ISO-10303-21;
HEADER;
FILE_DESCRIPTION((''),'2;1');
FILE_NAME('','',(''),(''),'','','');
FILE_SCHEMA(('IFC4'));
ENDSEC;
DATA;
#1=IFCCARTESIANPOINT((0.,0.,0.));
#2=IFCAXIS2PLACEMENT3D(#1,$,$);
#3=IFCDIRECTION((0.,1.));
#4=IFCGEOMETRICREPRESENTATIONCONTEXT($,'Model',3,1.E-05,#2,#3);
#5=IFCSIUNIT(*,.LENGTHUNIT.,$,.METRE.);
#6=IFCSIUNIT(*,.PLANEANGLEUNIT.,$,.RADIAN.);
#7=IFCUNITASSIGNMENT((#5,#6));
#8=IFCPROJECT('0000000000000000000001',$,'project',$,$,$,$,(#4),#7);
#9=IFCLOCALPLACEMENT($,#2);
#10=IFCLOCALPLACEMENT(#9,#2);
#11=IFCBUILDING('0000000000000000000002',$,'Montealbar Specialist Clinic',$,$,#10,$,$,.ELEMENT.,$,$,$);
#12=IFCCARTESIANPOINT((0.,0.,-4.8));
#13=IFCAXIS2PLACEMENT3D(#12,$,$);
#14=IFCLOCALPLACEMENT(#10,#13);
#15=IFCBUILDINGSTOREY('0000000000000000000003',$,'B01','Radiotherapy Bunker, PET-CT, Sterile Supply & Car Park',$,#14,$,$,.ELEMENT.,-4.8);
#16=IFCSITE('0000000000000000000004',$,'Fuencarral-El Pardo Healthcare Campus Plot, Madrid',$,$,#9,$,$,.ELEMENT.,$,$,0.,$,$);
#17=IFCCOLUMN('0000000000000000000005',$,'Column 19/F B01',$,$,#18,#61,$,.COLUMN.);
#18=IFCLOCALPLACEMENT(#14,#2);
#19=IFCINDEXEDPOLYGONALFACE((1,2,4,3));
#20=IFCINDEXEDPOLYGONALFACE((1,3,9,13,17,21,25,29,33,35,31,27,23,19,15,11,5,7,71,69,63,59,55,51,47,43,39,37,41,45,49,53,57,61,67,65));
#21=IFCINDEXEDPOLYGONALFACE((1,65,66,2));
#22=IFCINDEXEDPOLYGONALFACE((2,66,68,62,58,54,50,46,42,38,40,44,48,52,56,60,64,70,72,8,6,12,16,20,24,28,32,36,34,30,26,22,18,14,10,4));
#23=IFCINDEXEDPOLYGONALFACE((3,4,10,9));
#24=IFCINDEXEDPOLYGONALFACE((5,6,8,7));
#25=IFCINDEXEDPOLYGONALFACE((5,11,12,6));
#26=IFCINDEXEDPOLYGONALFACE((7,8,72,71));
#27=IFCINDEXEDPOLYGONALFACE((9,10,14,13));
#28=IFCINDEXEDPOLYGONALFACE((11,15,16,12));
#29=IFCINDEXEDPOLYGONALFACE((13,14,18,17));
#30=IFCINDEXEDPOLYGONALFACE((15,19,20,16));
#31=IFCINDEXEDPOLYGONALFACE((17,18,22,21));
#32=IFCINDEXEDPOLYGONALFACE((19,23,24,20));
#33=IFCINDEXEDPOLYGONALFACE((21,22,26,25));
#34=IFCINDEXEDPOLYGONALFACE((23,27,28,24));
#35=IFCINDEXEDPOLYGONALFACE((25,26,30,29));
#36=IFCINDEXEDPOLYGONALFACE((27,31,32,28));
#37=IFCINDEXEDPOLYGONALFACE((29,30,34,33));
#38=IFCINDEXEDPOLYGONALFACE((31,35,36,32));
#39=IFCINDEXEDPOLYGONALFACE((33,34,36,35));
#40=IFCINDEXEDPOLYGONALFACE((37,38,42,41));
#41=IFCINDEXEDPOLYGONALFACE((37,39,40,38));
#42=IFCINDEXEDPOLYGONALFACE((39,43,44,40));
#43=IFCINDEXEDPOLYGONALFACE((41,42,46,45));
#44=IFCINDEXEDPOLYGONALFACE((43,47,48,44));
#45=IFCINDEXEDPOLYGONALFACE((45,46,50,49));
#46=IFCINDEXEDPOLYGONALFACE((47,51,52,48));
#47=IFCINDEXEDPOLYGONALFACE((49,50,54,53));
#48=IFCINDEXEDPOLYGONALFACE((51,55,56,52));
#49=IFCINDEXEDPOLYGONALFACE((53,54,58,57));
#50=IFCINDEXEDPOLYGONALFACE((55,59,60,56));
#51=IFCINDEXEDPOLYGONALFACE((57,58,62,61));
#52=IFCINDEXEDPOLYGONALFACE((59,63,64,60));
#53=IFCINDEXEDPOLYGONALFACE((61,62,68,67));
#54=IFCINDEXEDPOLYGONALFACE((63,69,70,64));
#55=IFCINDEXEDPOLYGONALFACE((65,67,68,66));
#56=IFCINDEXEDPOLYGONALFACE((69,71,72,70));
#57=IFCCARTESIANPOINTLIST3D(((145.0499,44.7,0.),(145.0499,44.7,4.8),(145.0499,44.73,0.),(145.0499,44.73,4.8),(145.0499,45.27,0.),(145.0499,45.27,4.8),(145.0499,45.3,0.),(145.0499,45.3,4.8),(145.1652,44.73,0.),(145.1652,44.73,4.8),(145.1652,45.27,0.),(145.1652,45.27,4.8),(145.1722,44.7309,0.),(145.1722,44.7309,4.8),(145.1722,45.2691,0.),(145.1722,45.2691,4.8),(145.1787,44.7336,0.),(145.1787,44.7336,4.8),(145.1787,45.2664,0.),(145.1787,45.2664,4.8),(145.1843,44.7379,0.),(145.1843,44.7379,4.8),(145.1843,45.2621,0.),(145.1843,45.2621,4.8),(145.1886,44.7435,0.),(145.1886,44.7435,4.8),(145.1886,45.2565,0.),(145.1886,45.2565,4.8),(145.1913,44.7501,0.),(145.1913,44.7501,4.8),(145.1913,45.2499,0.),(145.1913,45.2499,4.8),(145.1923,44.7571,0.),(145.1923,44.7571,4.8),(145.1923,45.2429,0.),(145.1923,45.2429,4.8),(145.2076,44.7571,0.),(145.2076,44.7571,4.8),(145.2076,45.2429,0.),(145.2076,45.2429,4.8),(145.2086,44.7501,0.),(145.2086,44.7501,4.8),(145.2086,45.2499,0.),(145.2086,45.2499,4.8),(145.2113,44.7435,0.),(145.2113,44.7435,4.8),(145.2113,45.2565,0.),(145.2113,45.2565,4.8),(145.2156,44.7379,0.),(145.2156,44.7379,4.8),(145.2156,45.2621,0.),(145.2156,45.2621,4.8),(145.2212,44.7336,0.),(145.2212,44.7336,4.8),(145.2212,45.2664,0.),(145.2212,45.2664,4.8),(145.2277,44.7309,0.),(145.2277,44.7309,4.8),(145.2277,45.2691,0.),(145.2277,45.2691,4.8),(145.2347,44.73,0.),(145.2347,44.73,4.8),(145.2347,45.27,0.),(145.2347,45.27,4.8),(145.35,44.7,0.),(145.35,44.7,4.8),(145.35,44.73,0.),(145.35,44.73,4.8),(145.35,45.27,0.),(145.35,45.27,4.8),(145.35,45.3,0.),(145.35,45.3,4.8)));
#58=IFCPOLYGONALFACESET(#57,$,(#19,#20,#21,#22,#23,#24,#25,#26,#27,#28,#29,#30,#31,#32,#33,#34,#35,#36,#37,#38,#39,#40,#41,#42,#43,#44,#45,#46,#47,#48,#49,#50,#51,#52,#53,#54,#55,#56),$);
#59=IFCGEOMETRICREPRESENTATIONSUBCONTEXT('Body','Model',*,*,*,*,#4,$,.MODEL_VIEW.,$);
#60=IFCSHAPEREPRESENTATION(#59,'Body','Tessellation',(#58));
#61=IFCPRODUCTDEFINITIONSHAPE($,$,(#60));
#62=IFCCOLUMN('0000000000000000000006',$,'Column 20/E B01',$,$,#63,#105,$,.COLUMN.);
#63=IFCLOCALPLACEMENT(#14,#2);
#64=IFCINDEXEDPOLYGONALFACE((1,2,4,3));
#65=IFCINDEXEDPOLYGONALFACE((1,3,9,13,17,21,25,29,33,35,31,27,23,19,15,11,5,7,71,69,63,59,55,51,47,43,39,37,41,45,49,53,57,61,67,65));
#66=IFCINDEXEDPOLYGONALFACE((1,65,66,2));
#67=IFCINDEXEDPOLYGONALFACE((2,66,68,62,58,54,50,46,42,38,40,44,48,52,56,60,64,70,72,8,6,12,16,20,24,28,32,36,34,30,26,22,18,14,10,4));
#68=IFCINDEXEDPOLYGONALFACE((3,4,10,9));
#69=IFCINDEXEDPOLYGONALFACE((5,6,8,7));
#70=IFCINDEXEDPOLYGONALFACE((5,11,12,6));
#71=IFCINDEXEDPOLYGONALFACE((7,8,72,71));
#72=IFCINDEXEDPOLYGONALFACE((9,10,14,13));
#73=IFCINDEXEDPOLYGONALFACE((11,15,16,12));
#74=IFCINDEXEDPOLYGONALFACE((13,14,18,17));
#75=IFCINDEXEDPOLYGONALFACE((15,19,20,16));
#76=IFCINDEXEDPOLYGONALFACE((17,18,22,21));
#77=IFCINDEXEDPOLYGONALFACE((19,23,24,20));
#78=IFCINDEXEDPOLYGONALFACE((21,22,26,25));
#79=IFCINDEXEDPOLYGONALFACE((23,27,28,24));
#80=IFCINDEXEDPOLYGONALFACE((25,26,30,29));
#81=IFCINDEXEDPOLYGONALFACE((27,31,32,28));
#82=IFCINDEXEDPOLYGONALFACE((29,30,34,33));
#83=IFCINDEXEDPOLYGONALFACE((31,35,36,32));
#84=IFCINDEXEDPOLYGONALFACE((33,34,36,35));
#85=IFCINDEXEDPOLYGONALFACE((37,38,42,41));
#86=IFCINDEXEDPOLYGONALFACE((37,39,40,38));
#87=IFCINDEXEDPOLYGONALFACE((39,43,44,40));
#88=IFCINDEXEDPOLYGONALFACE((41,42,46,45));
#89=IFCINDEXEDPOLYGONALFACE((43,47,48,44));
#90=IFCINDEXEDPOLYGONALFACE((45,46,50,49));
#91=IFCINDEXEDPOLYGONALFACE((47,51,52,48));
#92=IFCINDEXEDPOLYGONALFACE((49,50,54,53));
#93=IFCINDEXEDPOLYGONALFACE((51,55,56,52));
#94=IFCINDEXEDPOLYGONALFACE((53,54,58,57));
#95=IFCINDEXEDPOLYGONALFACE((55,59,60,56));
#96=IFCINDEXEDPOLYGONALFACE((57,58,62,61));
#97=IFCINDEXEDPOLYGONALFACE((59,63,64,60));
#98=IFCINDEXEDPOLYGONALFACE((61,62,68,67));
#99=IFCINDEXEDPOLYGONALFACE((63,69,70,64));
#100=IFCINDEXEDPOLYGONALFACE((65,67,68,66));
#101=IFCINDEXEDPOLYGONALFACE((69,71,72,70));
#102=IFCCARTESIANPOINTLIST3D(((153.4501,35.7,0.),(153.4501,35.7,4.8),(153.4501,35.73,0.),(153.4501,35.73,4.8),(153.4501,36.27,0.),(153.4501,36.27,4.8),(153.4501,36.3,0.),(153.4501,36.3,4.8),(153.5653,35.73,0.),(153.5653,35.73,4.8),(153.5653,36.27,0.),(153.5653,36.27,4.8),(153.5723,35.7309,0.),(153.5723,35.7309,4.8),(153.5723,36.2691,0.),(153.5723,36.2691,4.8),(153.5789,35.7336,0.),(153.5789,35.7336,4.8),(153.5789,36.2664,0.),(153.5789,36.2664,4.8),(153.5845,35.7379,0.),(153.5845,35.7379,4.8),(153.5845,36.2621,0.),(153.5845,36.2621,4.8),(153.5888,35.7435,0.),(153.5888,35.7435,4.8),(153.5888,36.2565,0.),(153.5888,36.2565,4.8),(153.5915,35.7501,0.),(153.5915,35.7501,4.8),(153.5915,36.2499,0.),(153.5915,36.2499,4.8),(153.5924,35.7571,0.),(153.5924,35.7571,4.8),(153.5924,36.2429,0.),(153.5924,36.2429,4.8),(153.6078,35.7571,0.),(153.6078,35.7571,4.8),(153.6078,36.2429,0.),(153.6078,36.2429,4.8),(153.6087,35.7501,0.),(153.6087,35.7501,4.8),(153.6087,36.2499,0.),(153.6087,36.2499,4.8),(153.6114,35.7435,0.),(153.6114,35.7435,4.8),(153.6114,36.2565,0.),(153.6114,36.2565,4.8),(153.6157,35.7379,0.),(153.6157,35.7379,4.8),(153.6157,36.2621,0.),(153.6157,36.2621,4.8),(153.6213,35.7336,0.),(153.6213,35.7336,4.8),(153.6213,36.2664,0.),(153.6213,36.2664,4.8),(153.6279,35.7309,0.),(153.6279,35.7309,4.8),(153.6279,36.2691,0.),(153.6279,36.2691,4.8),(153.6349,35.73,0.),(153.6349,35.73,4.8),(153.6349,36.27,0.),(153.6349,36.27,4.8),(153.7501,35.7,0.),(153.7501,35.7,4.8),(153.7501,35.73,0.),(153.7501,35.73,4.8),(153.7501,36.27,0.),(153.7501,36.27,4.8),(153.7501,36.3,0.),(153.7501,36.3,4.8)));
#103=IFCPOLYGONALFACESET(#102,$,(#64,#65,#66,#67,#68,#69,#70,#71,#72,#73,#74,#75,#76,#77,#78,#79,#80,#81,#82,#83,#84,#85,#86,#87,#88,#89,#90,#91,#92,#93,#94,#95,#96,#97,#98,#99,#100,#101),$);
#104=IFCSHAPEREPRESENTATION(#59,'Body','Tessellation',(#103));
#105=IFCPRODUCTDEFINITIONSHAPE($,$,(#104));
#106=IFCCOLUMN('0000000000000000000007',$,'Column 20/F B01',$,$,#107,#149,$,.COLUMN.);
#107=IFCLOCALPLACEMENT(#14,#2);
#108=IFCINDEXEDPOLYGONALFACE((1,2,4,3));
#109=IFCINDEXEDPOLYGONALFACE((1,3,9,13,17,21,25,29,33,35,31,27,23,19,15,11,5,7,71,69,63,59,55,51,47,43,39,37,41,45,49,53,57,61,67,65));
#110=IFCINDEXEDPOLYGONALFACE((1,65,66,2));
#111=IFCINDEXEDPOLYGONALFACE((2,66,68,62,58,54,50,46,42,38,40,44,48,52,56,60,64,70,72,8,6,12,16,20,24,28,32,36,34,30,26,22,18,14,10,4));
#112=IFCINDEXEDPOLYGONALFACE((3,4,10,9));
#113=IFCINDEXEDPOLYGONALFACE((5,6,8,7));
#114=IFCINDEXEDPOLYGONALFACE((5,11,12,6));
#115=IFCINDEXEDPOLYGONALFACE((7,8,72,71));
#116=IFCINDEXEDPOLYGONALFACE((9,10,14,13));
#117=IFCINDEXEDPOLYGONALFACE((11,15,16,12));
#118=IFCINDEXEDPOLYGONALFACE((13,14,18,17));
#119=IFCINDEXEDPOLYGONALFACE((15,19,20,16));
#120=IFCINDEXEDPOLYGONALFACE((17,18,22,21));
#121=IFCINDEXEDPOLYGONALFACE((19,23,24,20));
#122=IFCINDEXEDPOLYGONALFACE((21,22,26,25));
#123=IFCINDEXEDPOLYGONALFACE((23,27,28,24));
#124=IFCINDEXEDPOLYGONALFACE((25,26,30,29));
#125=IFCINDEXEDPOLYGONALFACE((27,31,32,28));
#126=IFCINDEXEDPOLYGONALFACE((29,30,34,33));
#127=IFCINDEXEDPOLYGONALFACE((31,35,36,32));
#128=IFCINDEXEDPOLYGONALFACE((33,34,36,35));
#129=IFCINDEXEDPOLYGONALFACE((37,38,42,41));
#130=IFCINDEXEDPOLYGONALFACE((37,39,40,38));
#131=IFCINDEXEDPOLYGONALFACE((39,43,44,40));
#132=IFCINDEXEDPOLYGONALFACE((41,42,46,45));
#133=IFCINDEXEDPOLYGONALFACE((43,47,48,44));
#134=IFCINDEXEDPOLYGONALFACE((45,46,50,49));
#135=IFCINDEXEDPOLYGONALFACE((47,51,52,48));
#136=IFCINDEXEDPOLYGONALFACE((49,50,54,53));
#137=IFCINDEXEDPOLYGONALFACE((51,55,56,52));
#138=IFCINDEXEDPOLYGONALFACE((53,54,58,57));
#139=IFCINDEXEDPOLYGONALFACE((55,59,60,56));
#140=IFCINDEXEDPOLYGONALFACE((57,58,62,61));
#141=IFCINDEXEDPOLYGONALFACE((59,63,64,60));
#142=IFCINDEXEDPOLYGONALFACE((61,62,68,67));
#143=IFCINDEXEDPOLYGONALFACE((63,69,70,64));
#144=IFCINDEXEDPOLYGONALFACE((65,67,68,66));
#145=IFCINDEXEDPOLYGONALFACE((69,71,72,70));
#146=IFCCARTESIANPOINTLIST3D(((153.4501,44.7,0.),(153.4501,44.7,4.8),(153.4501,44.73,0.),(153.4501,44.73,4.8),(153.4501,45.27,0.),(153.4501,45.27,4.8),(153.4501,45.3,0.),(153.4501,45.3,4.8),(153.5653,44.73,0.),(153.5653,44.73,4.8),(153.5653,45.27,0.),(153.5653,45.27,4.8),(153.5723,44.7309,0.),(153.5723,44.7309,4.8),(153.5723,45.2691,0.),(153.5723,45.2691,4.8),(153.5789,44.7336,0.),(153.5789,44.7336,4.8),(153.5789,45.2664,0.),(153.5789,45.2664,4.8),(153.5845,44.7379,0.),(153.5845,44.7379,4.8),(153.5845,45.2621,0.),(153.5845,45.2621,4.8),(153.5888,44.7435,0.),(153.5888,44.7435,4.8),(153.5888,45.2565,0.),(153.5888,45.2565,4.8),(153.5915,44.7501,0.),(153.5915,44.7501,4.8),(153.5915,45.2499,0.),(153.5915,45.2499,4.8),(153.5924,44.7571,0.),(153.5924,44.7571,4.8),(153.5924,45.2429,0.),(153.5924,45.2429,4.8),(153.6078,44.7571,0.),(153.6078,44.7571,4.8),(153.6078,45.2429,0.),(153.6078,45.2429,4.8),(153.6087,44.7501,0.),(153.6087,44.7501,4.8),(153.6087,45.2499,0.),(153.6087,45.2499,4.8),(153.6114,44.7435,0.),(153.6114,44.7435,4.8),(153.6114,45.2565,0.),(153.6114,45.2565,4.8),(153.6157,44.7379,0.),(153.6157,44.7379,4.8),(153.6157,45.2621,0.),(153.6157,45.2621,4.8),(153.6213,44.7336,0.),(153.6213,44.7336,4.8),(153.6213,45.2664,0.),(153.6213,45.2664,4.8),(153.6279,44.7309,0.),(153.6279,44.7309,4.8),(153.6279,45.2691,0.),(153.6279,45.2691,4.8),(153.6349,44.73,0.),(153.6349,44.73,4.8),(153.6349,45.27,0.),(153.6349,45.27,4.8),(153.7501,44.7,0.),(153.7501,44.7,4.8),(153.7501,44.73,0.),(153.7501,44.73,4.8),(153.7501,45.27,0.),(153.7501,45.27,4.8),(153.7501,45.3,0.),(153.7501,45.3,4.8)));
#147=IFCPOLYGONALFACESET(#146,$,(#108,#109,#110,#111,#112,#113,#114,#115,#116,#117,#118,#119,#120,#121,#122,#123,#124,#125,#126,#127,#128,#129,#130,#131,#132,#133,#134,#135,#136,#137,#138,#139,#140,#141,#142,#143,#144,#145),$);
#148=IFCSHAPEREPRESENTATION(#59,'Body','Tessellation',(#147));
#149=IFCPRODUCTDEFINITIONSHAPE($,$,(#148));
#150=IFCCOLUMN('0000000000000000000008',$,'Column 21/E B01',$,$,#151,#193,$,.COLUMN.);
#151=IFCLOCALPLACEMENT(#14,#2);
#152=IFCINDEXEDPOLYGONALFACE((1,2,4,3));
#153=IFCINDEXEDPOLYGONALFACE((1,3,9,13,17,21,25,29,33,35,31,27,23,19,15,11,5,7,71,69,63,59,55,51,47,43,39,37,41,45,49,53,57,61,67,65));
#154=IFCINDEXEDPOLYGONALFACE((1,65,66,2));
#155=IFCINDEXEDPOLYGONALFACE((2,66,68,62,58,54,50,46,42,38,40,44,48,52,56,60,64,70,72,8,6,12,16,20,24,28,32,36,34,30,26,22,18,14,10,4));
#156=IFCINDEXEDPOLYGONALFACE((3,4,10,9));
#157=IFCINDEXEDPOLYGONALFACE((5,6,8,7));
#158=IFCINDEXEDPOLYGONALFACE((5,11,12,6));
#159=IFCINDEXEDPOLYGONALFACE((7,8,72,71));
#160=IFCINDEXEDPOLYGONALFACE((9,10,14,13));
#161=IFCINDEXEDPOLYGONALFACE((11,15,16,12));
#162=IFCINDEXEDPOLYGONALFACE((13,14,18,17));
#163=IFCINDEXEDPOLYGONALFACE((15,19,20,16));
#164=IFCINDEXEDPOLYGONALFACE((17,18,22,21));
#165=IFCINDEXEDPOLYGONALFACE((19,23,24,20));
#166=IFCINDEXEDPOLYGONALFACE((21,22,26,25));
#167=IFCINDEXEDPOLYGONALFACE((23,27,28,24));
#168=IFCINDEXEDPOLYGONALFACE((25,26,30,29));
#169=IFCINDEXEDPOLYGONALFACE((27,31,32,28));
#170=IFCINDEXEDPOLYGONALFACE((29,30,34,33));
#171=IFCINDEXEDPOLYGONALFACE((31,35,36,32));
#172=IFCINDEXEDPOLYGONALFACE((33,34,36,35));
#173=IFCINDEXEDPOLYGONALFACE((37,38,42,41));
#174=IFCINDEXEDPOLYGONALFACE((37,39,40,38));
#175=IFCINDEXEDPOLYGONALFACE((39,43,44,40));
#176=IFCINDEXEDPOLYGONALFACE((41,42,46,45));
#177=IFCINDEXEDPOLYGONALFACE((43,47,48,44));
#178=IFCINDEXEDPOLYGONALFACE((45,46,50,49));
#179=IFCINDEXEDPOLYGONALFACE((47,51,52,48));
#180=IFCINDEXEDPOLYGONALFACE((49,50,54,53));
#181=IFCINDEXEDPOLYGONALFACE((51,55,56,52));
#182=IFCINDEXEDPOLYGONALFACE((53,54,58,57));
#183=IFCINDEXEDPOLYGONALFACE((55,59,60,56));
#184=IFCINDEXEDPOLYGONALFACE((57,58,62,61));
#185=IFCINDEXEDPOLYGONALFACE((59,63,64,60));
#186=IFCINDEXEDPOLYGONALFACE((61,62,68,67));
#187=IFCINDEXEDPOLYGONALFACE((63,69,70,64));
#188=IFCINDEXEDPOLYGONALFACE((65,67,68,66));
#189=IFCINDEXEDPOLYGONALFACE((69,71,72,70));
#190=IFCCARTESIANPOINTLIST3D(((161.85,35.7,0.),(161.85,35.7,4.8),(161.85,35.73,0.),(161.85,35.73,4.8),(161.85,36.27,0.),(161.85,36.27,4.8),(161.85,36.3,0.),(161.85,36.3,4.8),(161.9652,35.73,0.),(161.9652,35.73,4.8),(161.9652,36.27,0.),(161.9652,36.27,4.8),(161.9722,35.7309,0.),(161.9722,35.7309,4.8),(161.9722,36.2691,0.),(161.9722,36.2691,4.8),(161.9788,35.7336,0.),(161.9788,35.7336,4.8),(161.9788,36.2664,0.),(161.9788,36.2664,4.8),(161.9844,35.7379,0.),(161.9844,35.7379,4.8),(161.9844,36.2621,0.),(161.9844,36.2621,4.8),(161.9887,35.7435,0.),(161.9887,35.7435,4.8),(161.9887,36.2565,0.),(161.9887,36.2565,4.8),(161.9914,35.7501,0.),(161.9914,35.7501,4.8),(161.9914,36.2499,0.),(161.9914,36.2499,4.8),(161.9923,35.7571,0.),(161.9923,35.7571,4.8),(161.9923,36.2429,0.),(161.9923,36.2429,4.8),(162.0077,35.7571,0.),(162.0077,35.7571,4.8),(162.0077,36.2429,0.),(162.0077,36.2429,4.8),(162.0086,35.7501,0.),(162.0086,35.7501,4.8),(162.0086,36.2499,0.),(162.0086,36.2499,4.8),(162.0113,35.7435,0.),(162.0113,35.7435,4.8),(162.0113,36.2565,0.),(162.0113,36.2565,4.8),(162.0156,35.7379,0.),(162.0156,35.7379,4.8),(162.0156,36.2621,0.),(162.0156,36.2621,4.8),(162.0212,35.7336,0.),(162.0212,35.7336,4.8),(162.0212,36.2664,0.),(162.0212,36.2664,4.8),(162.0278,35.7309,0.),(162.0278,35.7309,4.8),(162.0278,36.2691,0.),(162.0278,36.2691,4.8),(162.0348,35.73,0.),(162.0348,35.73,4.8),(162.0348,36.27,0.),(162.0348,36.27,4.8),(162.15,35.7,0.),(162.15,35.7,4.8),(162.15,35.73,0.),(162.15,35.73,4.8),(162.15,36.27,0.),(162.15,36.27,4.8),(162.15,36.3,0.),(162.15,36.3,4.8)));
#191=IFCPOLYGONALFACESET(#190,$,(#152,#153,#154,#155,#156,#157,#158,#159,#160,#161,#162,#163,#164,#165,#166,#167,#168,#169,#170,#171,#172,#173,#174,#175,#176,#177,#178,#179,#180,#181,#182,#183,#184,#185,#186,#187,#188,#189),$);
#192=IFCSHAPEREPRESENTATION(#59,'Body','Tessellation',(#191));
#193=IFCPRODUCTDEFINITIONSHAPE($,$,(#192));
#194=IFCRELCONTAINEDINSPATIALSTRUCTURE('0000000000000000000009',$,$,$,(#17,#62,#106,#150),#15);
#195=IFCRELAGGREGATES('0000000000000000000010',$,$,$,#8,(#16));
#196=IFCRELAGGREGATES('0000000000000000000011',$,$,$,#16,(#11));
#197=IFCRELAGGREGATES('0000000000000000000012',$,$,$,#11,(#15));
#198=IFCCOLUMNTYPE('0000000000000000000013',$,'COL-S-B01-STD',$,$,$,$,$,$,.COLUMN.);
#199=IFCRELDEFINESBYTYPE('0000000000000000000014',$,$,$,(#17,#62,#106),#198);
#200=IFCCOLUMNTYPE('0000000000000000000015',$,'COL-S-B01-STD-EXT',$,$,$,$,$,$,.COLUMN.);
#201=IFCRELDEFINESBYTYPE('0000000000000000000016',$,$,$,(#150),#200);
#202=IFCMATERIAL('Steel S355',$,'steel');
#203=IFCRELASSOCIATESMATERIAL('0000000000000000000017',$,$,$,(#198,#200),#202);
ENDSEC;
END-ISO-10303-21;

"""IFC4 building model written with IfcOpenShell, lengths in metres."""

from ifc_helpers import new_model, si_unit, direction, frame, origin, origin_2d, place, context, subcontext, project, spatial, i_section, extrude, material, material_profile, profile_set, type_object, element, save


model = new_model("IFC4")

# Units and contexts
model_context = context("Model", 3, precision=1e-05, world=origin(), true_north=direction((0.0, 1.0)))
body_context = subcontext(model_context, "Body", "Model", "MODEL_VIEW")
ifc_project = project(units=[si_unit("LENGTHUNIT", "METRE"), si_unit("PLANEANGLEUNIT", "RADIAN")], contexts=[model_context])

# Site, building, storey
site_placement = place(None, origin())
site = spatial("IfcSite", under=ifc_project, at=site_placement, Name="Fuencarral-El Pardo Healthcare Campus Plot, Madrid", CompositionType="ELEMENT", RefElevation=0.0)
building_placement = place(site_placement, origin())
building = spatial("IfcBuilding", under=site, at=building_placement, Name="Montealbar Specialist Clinic", CompositionType="ELEMENT")
storey_placement = place(building_placement, frame((0.0, 0.0, -4.8)))
storey = spatial("IfcBuildingStorey", under=building, at=storey_placement, Name="B01", Description="Radiotherapy Bunker, PET-CT, Sterile Supply & Car Park", CompositionType="ELEMENT", Elevation=-4.8)

# Columns
ifc_material_1 = material(Name="Steel S355", Category="steel")
ifc_material_profile_1 = material_profile(ifc_material_1, i_section(OverallWidth=0.3, OverallDepth=0.6001, WebThickness=0.0154, FlangeThickness=0.03, FilletRadius=0.0271, at=origin_2d()), Name="HEB 600", Category="steel")
ifc_profile_set_1 = profile_set([ifc_material_profile_1], Name="Steel S355")
column_type_1 = type_object("IfcColumnType", Name="COL-S-B01-STD", PredefinedType="COLUMN", material=ifc_profile_set_1)
for number, where, z_axis, x_axis, name in (
    (1, (145.2, 45.0, 0.0), (0.0, 0.0, 1.0), (1.0, 0.0, 0.0), "Column 19/F B01"),
    (2, (153.6001, 36.0, 0.0), (0.0, 0.0, 1.0), (1.0, 0.0, 0.0), "Column 20/E B01"),
    (3, (153.6001, 45.0, 0.0), (0.0, 0.0, 1.0), (1.0, 0.0, 0.0), "Column 20/F B01"),
):
    element("IfcColumn", number, at=place(storey_placement, frame(where, z_axis=z_axis, x_axis=x_axis)), inside=storey, type_object=column_type_1, Name=name, PredefinedType="COLUMN", context=body_context, shape_type="SweptSolid", body=[
        extrude(i_section(OverallWidth=0.3, OverallDepth=0.6001, WebThickness=0.0154, FlangeThickness=0.03, FilletRadius=0.0271, at=origin_2d()), origin(), (0.0, 0.0, 1.0), 4.8),
    ])
ifc_material_profile_2 = material_profile(ifc_material_1, i_section(OverallWidth=0.3, OverallDepth=0.6001, WebThickness=0.0154, FlangeThickness=0.03, FilletRadius=0.0271, at=origin_2d()), Name="HEB 600", Category="steel")
ifc_profile_set_2 = profile_set([ifc_material_profile_2], Name="Steel S355")
column_type_2 = type_object("IfcColumnType", Name="COL-S-B01-STD-EXT", PredefinedType="COLUMN", material=ifc_profile_set_2)
for number, where, z_axis, x_axis, name in (
    (4, (162.0, 36.0, 0.0), (0.0, 0.0, 1.0), (1.0, 0.0, 0.0), "Column 21/E B01"),
):
    element("IfcColumn", number, at=place(storey_placement, frame(where, z_axis=z_axis, x_axis=x_axis)), inside=storey, type_object=column_type_2, Name=name, PredefinedType="COLUMN", context=body_context, shape_type="SweptSolid", body=[
        extrude(i_section(OverallWidth=0.3, OverallDepth=0.6001, WebThickness=0.0154, FlangeThickness=0.03, FilletRadius=0.0271, at=origin_2d()), origin(), (0.0, 0.0, 1.0), 4.8),
    ])

save(model, "model.ifc")
